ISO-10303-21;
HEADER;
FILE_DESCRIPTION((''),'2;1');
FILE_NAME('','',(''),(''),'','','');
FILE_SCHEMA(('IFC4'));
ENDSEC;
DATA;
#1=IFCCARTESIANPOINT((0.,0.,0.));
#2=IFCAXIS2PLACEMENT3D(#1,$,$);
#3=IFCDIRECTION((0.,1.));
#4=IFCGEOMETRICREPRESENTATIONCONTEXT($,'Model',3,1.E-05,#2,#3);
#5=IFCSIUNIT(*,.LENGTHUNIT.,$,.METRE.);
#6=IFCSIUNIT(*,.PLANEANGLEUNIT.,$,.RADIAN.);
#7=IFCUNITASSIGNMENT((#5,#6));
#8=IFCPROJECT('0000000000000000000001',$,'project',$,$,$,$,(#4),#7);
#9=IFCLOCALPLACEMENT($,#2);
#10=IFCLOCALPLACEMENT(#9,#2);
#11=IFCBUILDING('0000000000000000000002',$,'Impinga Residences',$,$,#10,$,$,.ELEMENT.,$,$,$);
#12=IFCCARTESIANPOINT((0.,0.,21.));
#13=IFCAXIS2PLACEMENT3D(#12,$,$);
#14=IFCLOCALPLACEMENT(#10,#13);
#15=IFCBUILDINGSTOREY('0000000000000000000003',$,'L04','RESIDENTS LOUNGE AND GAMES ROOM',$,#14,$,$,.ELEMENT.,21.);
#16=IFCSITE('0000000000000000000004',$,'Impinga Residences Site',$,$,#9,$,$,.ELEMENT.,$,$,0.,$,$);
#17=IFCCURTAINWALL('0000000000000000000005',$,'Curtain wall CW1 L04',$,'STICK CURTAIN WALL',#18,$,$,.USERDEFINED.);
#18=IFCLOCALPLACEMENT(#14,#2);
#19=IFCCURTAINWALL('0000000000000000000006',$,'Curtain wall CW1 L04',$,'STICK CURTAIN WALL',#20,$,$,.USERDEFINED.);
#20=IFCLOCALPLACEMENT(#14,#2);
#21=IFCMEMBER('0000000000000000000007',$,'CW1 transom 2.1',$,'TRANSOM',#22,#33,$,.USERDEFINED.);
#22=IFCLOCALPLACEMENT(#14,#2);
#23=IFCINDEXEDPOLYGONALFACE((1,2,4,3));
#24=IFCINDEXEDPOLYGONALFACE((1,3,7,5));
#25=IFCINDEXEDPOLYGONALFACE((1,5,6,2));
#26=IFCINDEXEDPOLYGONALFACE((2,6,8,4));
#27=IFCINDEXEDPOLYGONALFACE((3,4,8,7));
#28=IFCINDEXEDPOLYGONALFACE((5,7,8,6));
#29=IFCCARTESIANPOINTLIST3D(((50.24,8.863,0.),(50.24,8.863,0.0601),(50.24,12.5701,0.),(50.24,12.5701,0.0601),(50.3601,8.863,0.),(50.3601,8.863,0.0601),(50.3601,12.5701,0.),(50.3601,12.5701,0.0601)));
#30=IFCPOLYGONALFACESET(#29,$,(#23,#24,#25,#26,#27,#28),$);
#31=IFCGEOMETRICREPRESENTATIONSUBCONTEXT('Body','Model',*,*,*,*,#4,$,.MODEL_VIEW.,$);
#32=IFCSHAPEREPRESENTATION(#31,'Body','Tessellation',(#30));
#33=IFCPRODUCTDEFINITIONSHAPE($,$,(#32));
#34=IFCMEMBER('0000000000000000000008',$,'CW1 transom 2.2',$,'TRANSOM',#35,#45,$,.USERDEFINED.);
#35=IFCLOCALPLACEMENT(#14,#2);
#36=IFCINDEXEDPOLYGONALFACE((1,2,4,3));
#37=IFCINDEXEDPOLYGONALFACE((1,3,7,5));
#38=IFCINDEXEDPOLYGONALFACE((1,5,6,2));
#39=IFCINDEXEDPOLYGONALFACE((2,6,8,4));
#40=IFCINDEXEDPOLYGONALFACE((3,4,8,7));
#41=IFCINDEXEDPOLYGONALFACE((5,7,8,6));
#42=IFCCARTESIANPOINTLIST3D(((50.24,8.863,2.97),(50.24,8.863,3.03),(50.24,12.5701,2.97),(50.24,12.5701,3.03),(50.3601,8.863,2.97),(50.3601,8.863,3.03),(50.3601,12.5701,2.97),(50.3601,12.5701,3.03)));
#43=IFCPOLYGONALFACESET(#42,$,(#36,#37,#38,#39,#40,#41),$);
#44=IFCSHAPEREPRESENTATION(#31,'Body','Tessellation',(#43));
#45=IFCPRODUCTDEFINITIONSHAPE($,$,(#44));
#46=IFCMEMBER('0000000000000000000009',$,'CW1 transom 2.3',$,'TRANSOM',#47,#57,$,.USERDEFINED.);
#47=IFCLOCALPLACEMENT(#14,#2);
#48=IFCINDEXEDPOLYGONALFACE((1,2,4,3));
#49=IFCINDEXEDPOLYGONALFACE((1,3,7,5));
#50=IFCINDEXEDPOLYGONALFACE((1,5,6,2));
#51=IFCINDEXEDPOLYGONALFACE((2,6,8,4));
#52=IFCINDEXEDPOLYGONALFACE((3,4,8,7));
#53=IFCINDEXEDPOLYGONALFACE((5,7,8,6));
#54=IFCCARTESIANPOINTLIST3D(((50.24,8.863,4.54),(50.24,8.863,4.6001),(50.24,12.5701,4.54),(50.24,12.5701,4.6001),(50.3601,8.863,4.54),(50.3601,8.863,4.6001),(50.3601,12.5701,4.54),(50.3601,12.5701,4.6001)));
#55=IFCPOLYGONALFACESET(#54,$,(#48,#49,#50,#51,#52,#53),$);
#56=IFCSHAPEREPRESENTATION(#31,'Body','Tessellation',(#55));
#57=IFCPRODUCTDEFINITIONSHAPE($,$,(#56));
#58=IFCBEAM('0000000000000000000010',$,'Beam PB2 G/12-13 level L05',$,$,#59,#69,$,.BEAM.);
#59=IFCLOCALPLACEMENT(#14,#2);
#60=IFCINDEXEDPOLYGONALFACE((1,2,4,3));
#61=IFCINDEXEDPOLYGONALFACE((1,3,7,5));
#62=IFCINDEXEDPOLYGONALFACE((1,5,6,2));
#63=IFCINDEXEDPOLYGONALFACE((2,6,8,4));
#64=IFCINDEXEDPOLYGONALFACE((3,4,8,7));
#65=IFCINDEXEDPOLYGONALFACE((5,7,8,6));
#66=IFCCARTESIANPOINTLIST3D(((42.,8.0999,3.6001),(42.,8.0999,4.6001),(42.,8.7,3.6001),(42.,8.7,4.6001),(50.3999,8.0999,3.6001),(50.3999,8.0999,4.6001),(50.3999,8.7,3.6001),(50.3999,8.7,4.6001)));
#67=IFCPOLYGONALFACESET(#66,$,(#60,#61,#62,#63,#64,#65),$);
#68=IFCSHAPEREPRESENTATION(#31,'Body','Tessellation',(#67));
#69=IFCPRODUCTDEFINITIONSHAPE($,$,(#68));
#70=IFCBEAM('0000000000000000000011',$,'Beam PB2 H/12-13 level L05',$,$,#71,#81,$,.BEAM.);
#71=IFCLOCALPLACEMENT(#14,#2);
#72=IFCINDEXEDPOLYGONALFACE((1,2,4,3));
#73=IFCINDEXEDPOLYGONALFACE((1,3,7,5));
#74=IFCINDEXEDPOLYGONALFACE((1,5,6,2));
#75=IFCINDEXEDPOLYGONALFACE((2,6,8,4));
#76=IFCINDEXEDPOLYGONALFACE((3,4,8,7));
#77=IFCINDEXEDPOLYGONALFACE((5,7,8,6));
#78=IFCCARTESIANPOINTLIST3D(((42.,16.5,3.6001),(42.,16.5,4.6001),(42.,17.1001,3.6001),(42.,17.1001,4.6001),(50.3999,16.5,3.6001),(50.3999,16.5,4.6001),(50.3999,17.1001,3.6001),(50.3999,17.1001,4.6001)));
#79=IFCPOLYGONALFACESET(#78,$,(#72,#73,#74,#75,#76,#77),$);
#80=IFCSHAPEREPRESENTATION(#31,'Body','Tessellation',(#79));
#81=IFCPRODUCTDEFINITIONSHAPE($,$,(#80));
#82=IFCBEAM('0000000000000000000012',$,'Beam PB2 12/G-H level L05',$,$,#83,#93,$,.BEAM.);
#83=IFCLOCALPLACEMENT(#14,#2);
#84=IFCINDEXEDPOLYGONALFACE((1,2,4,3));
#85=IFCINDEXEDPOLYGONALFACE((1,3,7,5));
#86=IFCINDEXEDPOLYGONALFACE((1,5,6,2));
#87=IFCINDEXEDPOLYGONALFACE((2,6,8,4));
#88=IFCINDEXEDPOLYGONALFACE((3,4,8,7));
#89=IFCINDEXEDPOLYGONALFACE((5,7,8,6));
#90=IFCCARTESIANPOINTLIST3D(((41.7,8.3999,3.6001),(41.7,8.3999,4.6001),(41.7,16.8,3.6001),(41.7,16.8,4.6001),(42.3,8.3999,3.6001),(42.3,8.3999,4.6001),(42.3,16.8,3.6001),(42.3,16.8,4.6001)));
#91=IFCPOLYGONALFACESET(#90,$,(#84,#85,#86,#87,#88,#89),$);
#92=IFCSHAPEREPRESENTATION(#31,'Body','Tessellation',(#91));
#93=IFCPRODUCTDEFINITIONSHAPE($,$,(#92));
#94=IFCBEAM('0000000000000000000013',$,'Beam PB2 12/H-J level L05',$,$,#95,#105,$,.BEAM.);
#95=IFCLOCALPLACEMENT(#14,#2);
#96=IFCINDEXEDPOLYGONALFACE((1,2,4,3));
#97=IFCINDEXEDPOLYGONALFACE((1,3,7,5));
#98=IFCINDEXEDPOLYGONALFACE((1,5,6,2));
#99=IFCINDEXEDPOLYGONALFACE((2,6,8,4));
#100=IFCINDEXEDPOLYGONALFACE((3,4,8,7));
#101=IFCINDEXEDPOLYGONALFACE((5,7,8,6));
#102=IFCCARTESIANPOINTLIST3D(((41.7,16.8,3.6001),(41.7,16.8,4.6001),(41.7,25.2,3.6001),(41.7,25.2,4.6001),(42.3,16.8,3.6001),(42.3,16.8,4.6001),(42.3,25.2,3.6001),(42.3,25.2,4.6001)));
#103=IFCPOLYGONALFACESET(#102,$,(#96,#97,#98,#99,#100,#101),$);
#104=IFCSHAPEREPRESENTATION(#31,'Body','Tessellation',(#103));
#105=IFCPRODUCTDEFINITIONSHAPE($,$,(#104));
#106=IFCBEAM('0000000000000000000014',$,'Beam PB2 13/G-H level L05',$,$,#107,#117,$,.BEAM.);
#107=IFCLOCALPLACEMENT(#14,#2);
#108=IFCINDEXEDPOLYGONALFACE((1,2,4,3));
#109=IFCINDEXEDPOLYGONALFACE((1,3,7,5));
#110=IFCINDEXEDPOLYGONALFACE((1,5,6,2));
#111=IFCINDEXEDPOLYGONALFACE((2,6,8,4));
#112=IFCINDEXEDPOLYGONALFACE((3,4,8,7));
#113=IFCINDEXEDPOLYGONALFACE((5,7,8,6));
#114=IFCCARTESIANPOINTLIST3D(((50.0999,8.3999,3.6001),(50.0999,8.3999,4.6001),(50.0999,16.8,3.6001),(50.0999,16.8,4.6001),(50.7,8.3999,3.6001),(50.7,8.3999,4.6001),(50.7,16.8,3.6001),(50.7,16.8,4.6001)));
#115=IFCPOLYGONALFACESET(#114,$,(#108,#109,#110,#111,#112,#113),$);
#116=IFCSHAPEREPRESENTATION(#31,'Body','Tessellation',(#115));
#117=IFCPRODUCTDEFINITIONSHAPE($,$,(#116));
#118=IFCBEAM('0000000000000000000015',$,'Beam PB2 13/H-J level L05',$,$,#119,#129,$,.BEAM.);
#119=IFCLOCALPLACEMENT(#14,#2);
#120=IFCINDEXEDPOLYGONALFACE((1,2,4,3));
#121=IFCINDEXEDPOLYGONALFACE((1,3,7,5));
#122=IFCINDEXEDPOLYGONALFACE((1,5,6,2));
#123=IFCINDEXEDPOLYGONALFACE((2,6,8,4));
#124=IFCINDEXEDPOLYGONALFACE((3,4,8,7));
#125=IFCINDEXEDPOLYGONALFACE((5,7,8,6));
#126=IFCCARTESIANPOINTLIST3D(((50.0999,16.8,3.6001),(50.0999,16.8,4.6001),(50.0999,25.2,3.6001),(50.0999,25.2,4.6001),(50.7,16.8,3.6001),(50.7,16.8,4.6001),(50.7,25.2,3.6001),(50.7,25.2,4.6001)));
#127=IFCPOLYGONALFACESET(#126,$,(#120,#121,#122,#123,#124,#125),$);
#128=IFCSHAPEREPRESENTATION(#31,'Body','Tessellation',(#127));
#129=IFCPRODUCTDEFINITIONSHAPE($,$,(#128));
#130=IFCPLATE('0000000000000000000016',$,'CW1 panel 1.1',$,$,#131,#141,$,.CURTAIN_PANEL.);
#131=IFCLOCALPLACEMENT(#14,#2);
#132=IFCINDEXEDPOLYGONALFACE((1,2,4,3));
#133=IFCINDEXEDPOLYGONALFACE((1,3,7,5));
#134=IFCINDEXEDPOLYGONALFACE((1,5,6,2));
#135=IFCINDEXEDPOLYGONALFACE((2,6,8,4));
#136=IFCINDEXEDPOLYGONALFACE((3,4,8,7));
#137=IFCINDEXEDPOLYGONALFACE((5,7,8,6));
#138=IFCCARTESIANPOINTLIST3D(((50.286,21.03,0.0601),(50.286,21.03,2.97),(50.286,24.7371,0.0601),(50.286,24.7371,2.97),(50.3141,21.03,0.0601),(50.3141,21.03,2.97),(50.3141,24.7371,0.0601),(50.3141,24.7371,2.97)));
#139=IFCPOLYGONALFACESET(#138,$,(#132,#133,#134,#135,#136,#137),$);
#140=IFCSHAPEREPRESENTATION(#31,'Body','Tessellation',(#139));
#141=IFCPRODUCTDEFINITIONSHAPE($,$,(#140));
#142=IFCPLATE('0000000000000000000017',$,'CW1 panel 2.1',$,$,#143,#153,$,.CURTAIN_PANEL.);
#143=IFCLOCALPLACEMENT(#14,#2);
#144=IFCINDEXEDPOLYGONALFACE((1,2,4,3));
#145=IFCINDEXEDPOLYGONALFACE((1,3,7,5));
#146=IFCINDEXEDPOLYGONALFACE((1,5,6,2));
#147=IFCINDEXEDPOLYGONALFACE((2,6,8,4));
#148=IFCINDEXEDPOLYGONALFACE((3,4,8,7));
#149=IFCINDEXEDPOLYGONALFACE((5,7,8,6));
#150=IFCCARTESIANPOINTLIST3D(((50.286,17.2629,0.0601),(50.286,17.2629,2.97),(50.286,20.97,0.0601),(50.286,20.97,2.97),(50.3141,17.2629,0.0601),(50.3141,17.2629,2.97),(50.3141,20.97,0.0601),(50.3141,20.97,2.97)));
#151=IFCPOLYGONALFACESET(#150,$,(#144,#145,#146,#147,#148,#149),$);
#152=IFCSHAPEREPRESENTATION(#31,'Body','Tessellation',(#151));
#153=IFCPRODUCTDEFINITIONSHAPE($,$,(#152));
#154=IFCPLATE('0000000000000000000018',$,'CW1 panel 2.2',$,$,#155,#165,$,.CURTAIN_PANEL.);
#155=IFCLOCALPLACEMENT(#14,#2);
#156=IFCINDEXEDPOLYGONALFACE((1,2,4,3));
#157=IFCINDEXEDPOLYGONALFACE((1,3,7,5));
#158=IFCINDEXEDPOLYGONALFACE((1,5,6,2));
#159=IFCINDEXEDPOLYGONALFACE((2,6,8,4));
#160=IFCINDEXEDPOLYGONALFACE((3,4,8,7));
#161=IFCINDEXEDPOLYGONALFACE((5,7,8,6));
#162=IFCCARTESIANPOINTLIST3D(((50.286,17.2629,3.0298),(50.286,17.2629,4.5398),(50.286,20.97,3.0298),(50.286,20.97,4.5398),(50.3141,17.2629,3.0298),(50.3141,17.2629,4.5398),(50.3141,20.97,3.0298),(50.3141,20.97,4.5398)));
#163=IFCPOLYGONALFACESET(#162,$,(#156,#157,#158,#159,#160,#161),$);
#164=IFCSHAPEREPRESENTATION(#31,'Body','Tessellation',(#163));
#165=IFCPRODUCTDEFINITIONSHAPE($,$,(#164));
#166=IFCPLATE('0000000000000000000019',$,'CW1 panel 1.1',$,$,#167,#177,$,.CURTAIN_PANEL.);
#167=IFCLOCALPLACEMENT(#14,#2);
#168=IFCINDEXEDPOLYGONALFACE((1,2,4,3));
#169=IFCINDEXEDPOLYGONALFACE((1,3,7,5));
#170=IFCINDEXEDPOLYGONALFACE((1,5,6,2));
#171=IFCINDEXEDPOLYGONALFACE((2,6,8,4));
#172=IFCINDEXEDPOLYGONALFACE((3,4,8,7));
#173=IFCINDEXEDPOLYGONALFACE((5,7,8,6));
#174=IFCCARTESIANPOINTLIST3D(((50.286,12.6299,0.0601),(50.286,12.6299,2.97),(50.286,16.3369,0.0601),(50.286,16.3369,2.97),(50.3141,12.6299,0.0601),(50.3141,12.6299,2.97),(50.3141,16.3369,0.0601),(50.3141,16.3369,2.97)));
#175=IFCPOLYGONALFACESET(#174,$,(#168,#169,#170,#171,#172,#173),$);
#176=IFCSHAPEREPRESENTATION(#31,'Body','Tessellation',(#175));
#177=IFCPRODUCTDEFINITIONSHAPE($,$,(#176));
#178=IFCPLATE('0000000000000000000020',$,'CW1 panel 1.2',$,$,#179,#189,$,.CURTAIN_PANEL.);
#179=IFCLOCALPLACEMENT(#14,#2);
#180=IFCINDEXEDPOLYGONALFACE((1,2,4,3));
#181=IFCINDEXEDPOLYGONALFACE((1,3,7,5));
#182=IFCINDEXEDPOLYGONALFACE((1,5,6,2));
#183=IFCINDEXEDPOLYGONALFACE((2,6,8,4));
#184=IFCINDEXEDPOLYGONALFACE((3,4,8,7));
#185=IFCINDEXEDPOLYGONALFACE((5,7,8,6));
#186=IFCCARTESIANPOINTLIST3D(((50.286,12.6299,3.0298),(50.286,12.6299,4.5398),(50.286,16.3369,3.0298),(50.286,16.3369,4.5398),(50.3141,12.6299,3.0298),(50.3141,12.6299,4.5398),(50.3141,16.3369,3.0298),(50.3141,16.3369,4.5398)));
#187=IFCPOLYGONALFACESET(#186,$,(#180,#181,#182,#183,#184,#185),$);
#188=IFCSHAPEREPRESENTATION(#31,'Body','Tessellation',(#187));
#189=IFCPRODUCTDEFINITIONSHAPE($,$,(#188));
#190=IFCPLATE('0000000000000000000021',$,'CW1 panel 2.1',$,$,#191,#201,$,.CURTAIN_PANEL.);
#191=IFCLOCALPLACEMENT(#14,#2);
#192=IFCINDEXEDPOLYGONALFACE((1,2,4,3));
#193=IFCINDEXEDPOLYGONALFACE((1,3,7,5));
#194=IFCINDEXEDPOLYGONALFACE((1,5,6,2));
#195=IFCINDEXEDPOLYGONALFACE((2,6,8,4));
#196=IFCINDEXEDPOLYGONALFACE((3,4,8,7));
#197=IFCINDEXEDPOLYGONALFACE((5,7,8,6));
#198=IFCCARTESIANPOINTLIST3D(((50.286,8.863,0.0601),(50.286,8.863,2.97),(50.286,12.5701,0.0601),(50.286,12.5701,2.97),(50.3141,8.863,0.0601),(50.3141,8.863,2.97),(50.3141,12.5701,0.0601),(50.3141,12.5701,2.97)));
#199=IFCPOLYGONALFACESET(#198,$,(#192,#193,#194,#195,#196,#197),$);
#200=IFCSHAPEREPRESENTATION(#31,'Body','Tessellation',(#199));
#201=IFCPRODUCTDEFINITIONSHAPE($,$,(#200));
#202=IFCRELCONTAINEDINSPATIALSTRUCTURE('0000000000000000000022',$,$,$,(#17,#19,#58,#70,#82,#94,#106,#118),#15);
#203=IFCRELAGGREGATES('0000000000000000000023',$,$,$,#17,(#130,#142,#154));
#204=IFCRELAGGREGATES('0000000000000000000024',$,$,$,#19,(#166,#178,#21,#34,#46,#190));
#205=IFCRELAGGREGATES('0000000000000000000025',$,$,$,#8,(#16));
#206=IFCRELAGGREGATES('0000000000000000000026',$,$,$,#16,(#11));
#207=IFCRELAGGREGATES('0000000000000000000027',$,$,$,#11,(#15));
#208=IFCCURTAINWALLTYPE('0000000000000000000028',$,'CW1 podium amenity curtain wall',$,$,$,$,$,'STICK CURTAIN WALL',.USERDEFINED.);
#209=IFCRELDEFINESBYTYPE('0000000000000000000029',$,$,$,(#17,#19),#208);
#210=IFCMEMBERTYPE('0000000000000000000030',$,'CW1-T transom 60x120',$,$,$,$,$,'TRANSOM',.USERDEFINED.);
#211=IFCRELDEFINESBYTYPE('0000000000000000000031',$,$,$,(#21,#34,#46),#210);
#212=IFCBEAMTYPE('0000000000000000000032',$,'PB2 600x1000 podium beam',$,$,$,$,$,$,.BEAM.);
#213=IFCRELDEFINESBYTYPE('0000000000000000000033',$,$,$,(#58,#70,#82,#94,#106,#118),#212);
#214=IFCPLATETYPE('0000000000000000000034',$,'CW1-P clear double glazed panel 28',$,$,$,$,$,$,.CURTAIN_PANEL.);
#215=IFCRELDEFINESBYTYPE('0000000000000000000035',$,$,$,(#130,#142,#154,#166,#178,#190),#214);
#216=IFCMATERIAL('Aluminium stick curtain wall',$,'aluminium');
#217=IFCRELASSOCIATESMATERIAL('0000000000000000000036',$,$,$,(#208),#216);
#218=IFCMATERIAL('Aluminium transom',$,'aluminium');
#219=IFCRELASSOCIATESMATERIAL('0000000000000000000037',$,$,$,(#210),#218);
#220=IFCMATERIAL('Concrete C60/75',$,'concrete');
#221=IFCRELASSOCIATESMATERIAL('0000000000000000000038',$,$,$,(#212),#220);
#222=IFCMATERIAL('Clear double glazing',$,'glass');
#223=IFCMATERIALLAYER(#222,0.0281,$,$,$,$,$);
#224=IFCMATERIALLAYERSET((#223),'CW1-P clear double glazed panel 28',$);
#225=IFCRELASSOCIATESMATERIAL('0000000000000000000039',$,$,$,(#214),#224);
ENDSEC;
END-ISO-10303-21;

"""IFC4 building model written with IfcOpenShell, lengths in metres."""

from ifc_helpers import new_model, si_unit, direction, frame, origin, origin_2d, place, context, subcontext, project, spatial, rectangle, extrude, material, layer, layer_set, material_profile, profile_set, type_object, element, aggregate, save


model = new_model("IFC4")

# Units and contexts
model_context = context("Model", 3, precision=1e-05, world=origin(), true_north=direction((0.0, 1.0)))
body_context = subcontext(model_context, "Body", "Model", "MODEL_VIEW")
ifc_project = project(units=[si_unit("LENGTHUNIT", "METRE"), si_unit("PLANEANGLEUNIT", "RADIAN")], contexts=[model_context])

# Site, building, storey
site_placement = place(None, origin())
site = spatial("IfcSite", under=ifc_project, at=site_placement, Name="Impinga Residences Site", CompositionType="ELEMENT", RefElevation=0.0)
building_placement = place(site_placement, origin())
building = spatial("IfcBuilding", under=site, at=building_placement, Name="Impinga Residences", CompositionType="ELEMENT")
storey_placement = place(building_placement, frame((0.0, 0.0, 21.0)))
storey = spatial("IfcBuildingStorey", under=building, at=storey_placement, Name="L04", Description="RESIDENTS LOUNGE AND GAMES ROOM", CompositionType="ELEMENT", Elevation=21.0)

# Curtain walls
ifc_material_1 = material(Name="Aluminium stick curtain wall", Category="aluminium")
curtain_wall_type = type_object("IfcCurtainWallType", Name="CW1 podium amenity curtain wall", ElementType="STICK CURTAIN WALL", PredefinedType="USERDEFINED", material=ifc_material_1)
curtain_wall_1_placement = place(storey_placement, origin())
curtain_wall_1 = element("IfcCurtainWall", 1, at=curtain_wall_1_placement, inside=storey, type_object=curtain_wall_type, Name="Curtain wall CW1 L04", ObjectType="STICK CURTAIN WALL", PredefinedType="USERDEFINED")
curtain_wall_2_placement = place(storey_placement, origin())
curtain_wall_2 = element("IfcCurtainWall", 2, at=curtain_wall_2_placement, inside=storey, type_object=curtain_wall_type, Name="Curtain wall CW1 L04", ObjectType="STICK CURTAIN WALL", PredefinedType="USERDEFINED")

# Members
ifc_material_2 = material(Name="Aluminium transom", Category="aluminium")
ifc_material_profile_1 = material_profile(ifc_material_2, rectangle(XDim=0.0601, YDim=0.1201, at=origin_2d()), Name="60x120 transom")
ifc_profile_set_1 = profile_set([ifc_material_profile_1], Name="Aluminium transom")
member_type_1 = type_object("IfcMemberType", Name="CW1-T transom 60x120", ElementType="TRANSOM", PredefinedType="USERDEFINED", material=ifc_profile_set_1)
member_1_placement = place(storey_placement, frame((50.3, 12.5701, 0.03), z_axis=(0.0, -1.0, 0.0), x_axis=(0.0, 0.0, 1.0)))
member_1 = element("IfcMember", 3, at=member_1_placement, type_object=member_type_1, Name="CW1 transom 2.1", ObjectType="TRANSOM", PredefinedType="USERDEFINED", context=body_context, shape_type="SweptSolid", body=[
    extrude(rectangle(XDim=0.0601, YDim=0.1201, at=origin_2d()), origin(), (0.0, 0.0, 1.0), 3.707),
])
member_2_placement = place(storey_placement, frame((50.3, 12.5701, 3.0), z_axis=(0.0, -1.0, 0.0), x_axis=(0.0, 0.0, 1.0)))
member_2 = element("IfcMember", 4, at=member_2_placement, type_object=member_type_1, Name="CW1 transom 2.2", ObjectType="TRANSOM", PredefinedType="USERDEFINED", context=body_context, shape_type="SweptSolid", body=[
    extrude(rectangle(XDim=0.0601, YDim=0.1201, at=origin_2d()), origin(), (0.0, 0.0, 1.0), 3.707),
])
member_3_placement = place(storey_placement, frame((50.3, 12.5701, 4.5701), z_axis=(0.0, -1.0, 0.0), x_axis=(0.0, 0.0, 1.0)))
member_3 = element("IfcMember", 5, at=member_3_placement, type_object=member_type_1, Name="CW1 transom 2.3", ObjectType="TRANSOM", PredefinedType="USERDEFINED", context=body_context, shape_type="SweptSolid", body=[
    extrude(rectangle(XDim=0.0601, YDim=0.1201, at=origin_2d()), origin(), (0.0, 0.0, 1.0), 3.707),
])

# Beams
ifc_material_3 = material(Name="Concrete C60/75", Category="concrete")
ifc_material_profile_2 = material_profile(ifc_material_3, rectangle(XDim=0.6001, YDim=1.0, at=origin_2d()), Name="RC 600x1000")
ifc_profile_set_2 = profile_set([ifc_material_profile_2], Name="Concrete C60/75")
beam_type = type_object("IfcBeamType", Name="PB2 600x1000 podium beam", PredefinedType="BEAM", material=ifc_profile_set_2)
for number, where, z_axis, x_axis, name in (
    (6, (42.0, 8.3999, 4.1001), (1.0, 0.0, 0.0), (0.0, 1.0, 0.0), "Beam PB2 G/12-13 level L05"),
    (7, (42.0, 16.8, 4.1001), (1.0, 0.0, 0.0), (0.0, 1.0, 0.0), "Beam PB2 H/12-13 level L05"),
):
    element("IfcBeam", number, at=place(storey_placement, frame(where, z_axis=z_axis, x_axis=x_axis)), inside=storey, type_object=beam_type, Name=name, PredefinedType="BEAM", context=body_context, shape_type="SweptSolid", body=[
        extrude(rectangle(XDim=0.6001, YDim=1.0, at=origin_2d()), origin(), (0.0, 0.0, 1.0), 8.3999),
    ])
beam_1_placement = place(storey_placement, frame((42.0, 8.3999, 4.1001), z_axis=(0.0, 1.0, 0.0), x_axis=(-1.0, 0.0, 0.0)))
element("IfcBeam", 8, at=beam_1_placement, inside=storey, type_object=beam_type, Name="Beam PB2 12/G-H level L05", PredefinedType="BEAM", context=body_context, shape_type="SweptSolid", body=[
    extrude(rectangle(XDim=0.6001, YDim=1.0, at=origin_2d()), origin(), (0.0, 0.0, 1.0), 8.4001),
])
beam_2_placement = place(storey_placement, frame((42.0, 16.8, 4.1001), z_axis=(0.0, 1.0, 0.0), x_axis=(-1.0, 0.0, 0.0)))
element("IfcBeam", 9, at=beam_2_placement, inside=storey, type_object=beam_type, Name="Beam PB2 12/H-J level L05", PredefinedType="BEAM", context=body_context, shape_type="SweptSolid", body=[
    extrude(rectangle(XDim=0.6001, YDim=1.0, at=origin_2d()), origin(), (0.0, 0.0, 1.0), 8.3999),
])
beam_3_placement = place(storey_placement, frame((50.3999, 8.3999, 4.1001), z_axis=(0.0, 1.0, 0.0), x_axis=(-1.0, 0.0, 0.0)))
element("IfcBeam", 10, at=beam_3_placement, inside=storey, type_object=beam_type, Name="Beam PB2 13/G-H level L05", PredefinedType="BEAM", context=body_context, shape_type="SweptSolid", body=[
    extrude(rectangle(XDim=0.6001, YDim=1.0, at=origin_2d()), origin(), (0.0, 0.0, 1.0), 8.4001),
])
beam_4_placement = place(storey_placement, frame((50.3999, 16.8, 4.1001), z_axis=(0.0, 1.0, 0.0), x_axis=(-1.0, 0.0, 0.0)))
element("IfcBeam", 11, at=beam_4_placement, inside=storey, type_object=beam_type, Name="Beam PB2 13/H-J level L05", PredefinedType="BEAM", context=body_context, shape_type="SweptSolid", body=[
    extrude(rectangle(XDim=0.6001, YDim=1.0, at=origin_2d()), origin(), (0.0, 0.0, 1.0), 8.3999),
])

# Plates
ifc_material_4 = material(Name="Clear double glazing", Category="glass")
ifc_layer = layer(ifc_material_4, 0.0281)
ifc_layer_set = layer_set([ifc_layer], Name="CW1-P clear double glazed panel 28")
plate_type = type_object("IfcPlateType", Name="CW1-P clear double glazed panel 28", PredefinedType="CURTAIN_PANEL", material=ifc_layer_set)
plate_1_placement = place(storey_placement, frame((50.3, 22.8835, 0.0601), z_axis=(0.0, 0.0, 1.0), x_axis=(0.0, -1.0, 0.0)))
plate_1 = element("IfcPlate", 12, at=plate_1_placement, type_object=plate_type, Name="CW1 panel 1.1", PredefinedType="CURTAIN_PANEL", context=body_context, shape_type="SweptSolid", body=[
    extrude(rectangle(XDim=3.707, YDim=0.0281, at=origin_2d()), origin(), (0.0, 0.0, 1.0), 2.9099),
])
plate_2_placement = place(storey_placement, frame((50.3, 19.1165, 0.0601), z_axis=(0.0, 0.0, 1.0), x_axis=(0.0, -1.0, 0.0)))
plate_2 = element("IfcPlate", 13, at=plate_2_placement, type_object=plate_type, Name="CW1 panel 2.1", PredefinedType="CURTAIN_PANEL", context=body_context, shape_type="SweptSolid", body=[
    extrude(rectangle(XDim=3.707, YDim=0.0281, at=origin_2d()), origin(), (0.0, 0.0, 1.0), 2.9099),
])
plate_3_placement = place(storey_placement, frame((50.3, 19.1165, 3.0298), z_axis=(0.0, 0.0, 1.0), x_axis=(0.0, -1.0, 0.0)))
plate_3 = element("IfcPlate", 14, at=plate_3_placement, type_object=plate_type, Name="CW1 panel 2.2", PredefinedType="CURTAIN_PANEL", context=body_context, shape_type="SweptSolid", body=[
    extrude(rectangle(XDim=3.707, YDim=0.0281, at=origin_2d()), origin(), (0.0, 0.0, 1.0), 1.51),
])
aggregate(curtain_wall_1, [plate_1, plate_2, plate_3])
plate_4_placement = place(storey_placement, frame((50.3, 14.4834, 0.0601), z_axis=(0.0, 0.0, 1.0), x_axis=(0.0, -1.0, 0.0)))
plate_4 = element("IfcPlate", 15, at=plate_4_placement, type_object=plate_type, Name="CW1 panel 1.1", PredefinedType="CURTAIN_PANEL", context=body_context, shape_type="SweptSolid", body=[
    extrude(rectangle(XDim=3.707, YDim=0.0281, at=origin_2d()), origin(), (0.0, 0.0, 1.0), 2.9099),
])
plate_5_placement = place(storey_placement, frame((50.3, 14.4834, 3.0298), z_axis=(0.0, 0.0, 1.0), x_axis=(0.0, -1.0, 0.0)))
plate_5 = element("IfcPlate", 16, at=plate_5_placement, type_object=plate_type, Name="CW1 panel 1.2", PredefinedType="CURTAIN_PANEL", context=body_context, shape_type="SweptSolid", body=[
    extrude(rectangle(XDim=3.707, YDim=0.0281, at=origin_2d()), origin(), (0.0, 0.0, 1.0), 1.51),
])
plate_6_placement = place(storey_placement, frame((50.3, 10.7166, 0.0601), z_axis=(0.0, 0.0, 1.0), x_axis=(0.0, -1.0, 0.0)))
plate_6 = element("IfcPlate", 17, at=plate_6_placement, type_object=plate_type, Name="CW1 panel 2.1", PredefinedType="CURTAIN_PANEL", context=body_context, shape_type="SweptSolid", body=[
    extrude(rectangle(XDim=3.707, YDim=0.0281, at=origin_2d()), origin(), (0.0, 0.0, 1.0), 2.9099),
])
aggregate(curtain_wall_2, [plate_4, plate_5, member_1, member_2, member_3, plate_6])

save(model, "model.ifc")
